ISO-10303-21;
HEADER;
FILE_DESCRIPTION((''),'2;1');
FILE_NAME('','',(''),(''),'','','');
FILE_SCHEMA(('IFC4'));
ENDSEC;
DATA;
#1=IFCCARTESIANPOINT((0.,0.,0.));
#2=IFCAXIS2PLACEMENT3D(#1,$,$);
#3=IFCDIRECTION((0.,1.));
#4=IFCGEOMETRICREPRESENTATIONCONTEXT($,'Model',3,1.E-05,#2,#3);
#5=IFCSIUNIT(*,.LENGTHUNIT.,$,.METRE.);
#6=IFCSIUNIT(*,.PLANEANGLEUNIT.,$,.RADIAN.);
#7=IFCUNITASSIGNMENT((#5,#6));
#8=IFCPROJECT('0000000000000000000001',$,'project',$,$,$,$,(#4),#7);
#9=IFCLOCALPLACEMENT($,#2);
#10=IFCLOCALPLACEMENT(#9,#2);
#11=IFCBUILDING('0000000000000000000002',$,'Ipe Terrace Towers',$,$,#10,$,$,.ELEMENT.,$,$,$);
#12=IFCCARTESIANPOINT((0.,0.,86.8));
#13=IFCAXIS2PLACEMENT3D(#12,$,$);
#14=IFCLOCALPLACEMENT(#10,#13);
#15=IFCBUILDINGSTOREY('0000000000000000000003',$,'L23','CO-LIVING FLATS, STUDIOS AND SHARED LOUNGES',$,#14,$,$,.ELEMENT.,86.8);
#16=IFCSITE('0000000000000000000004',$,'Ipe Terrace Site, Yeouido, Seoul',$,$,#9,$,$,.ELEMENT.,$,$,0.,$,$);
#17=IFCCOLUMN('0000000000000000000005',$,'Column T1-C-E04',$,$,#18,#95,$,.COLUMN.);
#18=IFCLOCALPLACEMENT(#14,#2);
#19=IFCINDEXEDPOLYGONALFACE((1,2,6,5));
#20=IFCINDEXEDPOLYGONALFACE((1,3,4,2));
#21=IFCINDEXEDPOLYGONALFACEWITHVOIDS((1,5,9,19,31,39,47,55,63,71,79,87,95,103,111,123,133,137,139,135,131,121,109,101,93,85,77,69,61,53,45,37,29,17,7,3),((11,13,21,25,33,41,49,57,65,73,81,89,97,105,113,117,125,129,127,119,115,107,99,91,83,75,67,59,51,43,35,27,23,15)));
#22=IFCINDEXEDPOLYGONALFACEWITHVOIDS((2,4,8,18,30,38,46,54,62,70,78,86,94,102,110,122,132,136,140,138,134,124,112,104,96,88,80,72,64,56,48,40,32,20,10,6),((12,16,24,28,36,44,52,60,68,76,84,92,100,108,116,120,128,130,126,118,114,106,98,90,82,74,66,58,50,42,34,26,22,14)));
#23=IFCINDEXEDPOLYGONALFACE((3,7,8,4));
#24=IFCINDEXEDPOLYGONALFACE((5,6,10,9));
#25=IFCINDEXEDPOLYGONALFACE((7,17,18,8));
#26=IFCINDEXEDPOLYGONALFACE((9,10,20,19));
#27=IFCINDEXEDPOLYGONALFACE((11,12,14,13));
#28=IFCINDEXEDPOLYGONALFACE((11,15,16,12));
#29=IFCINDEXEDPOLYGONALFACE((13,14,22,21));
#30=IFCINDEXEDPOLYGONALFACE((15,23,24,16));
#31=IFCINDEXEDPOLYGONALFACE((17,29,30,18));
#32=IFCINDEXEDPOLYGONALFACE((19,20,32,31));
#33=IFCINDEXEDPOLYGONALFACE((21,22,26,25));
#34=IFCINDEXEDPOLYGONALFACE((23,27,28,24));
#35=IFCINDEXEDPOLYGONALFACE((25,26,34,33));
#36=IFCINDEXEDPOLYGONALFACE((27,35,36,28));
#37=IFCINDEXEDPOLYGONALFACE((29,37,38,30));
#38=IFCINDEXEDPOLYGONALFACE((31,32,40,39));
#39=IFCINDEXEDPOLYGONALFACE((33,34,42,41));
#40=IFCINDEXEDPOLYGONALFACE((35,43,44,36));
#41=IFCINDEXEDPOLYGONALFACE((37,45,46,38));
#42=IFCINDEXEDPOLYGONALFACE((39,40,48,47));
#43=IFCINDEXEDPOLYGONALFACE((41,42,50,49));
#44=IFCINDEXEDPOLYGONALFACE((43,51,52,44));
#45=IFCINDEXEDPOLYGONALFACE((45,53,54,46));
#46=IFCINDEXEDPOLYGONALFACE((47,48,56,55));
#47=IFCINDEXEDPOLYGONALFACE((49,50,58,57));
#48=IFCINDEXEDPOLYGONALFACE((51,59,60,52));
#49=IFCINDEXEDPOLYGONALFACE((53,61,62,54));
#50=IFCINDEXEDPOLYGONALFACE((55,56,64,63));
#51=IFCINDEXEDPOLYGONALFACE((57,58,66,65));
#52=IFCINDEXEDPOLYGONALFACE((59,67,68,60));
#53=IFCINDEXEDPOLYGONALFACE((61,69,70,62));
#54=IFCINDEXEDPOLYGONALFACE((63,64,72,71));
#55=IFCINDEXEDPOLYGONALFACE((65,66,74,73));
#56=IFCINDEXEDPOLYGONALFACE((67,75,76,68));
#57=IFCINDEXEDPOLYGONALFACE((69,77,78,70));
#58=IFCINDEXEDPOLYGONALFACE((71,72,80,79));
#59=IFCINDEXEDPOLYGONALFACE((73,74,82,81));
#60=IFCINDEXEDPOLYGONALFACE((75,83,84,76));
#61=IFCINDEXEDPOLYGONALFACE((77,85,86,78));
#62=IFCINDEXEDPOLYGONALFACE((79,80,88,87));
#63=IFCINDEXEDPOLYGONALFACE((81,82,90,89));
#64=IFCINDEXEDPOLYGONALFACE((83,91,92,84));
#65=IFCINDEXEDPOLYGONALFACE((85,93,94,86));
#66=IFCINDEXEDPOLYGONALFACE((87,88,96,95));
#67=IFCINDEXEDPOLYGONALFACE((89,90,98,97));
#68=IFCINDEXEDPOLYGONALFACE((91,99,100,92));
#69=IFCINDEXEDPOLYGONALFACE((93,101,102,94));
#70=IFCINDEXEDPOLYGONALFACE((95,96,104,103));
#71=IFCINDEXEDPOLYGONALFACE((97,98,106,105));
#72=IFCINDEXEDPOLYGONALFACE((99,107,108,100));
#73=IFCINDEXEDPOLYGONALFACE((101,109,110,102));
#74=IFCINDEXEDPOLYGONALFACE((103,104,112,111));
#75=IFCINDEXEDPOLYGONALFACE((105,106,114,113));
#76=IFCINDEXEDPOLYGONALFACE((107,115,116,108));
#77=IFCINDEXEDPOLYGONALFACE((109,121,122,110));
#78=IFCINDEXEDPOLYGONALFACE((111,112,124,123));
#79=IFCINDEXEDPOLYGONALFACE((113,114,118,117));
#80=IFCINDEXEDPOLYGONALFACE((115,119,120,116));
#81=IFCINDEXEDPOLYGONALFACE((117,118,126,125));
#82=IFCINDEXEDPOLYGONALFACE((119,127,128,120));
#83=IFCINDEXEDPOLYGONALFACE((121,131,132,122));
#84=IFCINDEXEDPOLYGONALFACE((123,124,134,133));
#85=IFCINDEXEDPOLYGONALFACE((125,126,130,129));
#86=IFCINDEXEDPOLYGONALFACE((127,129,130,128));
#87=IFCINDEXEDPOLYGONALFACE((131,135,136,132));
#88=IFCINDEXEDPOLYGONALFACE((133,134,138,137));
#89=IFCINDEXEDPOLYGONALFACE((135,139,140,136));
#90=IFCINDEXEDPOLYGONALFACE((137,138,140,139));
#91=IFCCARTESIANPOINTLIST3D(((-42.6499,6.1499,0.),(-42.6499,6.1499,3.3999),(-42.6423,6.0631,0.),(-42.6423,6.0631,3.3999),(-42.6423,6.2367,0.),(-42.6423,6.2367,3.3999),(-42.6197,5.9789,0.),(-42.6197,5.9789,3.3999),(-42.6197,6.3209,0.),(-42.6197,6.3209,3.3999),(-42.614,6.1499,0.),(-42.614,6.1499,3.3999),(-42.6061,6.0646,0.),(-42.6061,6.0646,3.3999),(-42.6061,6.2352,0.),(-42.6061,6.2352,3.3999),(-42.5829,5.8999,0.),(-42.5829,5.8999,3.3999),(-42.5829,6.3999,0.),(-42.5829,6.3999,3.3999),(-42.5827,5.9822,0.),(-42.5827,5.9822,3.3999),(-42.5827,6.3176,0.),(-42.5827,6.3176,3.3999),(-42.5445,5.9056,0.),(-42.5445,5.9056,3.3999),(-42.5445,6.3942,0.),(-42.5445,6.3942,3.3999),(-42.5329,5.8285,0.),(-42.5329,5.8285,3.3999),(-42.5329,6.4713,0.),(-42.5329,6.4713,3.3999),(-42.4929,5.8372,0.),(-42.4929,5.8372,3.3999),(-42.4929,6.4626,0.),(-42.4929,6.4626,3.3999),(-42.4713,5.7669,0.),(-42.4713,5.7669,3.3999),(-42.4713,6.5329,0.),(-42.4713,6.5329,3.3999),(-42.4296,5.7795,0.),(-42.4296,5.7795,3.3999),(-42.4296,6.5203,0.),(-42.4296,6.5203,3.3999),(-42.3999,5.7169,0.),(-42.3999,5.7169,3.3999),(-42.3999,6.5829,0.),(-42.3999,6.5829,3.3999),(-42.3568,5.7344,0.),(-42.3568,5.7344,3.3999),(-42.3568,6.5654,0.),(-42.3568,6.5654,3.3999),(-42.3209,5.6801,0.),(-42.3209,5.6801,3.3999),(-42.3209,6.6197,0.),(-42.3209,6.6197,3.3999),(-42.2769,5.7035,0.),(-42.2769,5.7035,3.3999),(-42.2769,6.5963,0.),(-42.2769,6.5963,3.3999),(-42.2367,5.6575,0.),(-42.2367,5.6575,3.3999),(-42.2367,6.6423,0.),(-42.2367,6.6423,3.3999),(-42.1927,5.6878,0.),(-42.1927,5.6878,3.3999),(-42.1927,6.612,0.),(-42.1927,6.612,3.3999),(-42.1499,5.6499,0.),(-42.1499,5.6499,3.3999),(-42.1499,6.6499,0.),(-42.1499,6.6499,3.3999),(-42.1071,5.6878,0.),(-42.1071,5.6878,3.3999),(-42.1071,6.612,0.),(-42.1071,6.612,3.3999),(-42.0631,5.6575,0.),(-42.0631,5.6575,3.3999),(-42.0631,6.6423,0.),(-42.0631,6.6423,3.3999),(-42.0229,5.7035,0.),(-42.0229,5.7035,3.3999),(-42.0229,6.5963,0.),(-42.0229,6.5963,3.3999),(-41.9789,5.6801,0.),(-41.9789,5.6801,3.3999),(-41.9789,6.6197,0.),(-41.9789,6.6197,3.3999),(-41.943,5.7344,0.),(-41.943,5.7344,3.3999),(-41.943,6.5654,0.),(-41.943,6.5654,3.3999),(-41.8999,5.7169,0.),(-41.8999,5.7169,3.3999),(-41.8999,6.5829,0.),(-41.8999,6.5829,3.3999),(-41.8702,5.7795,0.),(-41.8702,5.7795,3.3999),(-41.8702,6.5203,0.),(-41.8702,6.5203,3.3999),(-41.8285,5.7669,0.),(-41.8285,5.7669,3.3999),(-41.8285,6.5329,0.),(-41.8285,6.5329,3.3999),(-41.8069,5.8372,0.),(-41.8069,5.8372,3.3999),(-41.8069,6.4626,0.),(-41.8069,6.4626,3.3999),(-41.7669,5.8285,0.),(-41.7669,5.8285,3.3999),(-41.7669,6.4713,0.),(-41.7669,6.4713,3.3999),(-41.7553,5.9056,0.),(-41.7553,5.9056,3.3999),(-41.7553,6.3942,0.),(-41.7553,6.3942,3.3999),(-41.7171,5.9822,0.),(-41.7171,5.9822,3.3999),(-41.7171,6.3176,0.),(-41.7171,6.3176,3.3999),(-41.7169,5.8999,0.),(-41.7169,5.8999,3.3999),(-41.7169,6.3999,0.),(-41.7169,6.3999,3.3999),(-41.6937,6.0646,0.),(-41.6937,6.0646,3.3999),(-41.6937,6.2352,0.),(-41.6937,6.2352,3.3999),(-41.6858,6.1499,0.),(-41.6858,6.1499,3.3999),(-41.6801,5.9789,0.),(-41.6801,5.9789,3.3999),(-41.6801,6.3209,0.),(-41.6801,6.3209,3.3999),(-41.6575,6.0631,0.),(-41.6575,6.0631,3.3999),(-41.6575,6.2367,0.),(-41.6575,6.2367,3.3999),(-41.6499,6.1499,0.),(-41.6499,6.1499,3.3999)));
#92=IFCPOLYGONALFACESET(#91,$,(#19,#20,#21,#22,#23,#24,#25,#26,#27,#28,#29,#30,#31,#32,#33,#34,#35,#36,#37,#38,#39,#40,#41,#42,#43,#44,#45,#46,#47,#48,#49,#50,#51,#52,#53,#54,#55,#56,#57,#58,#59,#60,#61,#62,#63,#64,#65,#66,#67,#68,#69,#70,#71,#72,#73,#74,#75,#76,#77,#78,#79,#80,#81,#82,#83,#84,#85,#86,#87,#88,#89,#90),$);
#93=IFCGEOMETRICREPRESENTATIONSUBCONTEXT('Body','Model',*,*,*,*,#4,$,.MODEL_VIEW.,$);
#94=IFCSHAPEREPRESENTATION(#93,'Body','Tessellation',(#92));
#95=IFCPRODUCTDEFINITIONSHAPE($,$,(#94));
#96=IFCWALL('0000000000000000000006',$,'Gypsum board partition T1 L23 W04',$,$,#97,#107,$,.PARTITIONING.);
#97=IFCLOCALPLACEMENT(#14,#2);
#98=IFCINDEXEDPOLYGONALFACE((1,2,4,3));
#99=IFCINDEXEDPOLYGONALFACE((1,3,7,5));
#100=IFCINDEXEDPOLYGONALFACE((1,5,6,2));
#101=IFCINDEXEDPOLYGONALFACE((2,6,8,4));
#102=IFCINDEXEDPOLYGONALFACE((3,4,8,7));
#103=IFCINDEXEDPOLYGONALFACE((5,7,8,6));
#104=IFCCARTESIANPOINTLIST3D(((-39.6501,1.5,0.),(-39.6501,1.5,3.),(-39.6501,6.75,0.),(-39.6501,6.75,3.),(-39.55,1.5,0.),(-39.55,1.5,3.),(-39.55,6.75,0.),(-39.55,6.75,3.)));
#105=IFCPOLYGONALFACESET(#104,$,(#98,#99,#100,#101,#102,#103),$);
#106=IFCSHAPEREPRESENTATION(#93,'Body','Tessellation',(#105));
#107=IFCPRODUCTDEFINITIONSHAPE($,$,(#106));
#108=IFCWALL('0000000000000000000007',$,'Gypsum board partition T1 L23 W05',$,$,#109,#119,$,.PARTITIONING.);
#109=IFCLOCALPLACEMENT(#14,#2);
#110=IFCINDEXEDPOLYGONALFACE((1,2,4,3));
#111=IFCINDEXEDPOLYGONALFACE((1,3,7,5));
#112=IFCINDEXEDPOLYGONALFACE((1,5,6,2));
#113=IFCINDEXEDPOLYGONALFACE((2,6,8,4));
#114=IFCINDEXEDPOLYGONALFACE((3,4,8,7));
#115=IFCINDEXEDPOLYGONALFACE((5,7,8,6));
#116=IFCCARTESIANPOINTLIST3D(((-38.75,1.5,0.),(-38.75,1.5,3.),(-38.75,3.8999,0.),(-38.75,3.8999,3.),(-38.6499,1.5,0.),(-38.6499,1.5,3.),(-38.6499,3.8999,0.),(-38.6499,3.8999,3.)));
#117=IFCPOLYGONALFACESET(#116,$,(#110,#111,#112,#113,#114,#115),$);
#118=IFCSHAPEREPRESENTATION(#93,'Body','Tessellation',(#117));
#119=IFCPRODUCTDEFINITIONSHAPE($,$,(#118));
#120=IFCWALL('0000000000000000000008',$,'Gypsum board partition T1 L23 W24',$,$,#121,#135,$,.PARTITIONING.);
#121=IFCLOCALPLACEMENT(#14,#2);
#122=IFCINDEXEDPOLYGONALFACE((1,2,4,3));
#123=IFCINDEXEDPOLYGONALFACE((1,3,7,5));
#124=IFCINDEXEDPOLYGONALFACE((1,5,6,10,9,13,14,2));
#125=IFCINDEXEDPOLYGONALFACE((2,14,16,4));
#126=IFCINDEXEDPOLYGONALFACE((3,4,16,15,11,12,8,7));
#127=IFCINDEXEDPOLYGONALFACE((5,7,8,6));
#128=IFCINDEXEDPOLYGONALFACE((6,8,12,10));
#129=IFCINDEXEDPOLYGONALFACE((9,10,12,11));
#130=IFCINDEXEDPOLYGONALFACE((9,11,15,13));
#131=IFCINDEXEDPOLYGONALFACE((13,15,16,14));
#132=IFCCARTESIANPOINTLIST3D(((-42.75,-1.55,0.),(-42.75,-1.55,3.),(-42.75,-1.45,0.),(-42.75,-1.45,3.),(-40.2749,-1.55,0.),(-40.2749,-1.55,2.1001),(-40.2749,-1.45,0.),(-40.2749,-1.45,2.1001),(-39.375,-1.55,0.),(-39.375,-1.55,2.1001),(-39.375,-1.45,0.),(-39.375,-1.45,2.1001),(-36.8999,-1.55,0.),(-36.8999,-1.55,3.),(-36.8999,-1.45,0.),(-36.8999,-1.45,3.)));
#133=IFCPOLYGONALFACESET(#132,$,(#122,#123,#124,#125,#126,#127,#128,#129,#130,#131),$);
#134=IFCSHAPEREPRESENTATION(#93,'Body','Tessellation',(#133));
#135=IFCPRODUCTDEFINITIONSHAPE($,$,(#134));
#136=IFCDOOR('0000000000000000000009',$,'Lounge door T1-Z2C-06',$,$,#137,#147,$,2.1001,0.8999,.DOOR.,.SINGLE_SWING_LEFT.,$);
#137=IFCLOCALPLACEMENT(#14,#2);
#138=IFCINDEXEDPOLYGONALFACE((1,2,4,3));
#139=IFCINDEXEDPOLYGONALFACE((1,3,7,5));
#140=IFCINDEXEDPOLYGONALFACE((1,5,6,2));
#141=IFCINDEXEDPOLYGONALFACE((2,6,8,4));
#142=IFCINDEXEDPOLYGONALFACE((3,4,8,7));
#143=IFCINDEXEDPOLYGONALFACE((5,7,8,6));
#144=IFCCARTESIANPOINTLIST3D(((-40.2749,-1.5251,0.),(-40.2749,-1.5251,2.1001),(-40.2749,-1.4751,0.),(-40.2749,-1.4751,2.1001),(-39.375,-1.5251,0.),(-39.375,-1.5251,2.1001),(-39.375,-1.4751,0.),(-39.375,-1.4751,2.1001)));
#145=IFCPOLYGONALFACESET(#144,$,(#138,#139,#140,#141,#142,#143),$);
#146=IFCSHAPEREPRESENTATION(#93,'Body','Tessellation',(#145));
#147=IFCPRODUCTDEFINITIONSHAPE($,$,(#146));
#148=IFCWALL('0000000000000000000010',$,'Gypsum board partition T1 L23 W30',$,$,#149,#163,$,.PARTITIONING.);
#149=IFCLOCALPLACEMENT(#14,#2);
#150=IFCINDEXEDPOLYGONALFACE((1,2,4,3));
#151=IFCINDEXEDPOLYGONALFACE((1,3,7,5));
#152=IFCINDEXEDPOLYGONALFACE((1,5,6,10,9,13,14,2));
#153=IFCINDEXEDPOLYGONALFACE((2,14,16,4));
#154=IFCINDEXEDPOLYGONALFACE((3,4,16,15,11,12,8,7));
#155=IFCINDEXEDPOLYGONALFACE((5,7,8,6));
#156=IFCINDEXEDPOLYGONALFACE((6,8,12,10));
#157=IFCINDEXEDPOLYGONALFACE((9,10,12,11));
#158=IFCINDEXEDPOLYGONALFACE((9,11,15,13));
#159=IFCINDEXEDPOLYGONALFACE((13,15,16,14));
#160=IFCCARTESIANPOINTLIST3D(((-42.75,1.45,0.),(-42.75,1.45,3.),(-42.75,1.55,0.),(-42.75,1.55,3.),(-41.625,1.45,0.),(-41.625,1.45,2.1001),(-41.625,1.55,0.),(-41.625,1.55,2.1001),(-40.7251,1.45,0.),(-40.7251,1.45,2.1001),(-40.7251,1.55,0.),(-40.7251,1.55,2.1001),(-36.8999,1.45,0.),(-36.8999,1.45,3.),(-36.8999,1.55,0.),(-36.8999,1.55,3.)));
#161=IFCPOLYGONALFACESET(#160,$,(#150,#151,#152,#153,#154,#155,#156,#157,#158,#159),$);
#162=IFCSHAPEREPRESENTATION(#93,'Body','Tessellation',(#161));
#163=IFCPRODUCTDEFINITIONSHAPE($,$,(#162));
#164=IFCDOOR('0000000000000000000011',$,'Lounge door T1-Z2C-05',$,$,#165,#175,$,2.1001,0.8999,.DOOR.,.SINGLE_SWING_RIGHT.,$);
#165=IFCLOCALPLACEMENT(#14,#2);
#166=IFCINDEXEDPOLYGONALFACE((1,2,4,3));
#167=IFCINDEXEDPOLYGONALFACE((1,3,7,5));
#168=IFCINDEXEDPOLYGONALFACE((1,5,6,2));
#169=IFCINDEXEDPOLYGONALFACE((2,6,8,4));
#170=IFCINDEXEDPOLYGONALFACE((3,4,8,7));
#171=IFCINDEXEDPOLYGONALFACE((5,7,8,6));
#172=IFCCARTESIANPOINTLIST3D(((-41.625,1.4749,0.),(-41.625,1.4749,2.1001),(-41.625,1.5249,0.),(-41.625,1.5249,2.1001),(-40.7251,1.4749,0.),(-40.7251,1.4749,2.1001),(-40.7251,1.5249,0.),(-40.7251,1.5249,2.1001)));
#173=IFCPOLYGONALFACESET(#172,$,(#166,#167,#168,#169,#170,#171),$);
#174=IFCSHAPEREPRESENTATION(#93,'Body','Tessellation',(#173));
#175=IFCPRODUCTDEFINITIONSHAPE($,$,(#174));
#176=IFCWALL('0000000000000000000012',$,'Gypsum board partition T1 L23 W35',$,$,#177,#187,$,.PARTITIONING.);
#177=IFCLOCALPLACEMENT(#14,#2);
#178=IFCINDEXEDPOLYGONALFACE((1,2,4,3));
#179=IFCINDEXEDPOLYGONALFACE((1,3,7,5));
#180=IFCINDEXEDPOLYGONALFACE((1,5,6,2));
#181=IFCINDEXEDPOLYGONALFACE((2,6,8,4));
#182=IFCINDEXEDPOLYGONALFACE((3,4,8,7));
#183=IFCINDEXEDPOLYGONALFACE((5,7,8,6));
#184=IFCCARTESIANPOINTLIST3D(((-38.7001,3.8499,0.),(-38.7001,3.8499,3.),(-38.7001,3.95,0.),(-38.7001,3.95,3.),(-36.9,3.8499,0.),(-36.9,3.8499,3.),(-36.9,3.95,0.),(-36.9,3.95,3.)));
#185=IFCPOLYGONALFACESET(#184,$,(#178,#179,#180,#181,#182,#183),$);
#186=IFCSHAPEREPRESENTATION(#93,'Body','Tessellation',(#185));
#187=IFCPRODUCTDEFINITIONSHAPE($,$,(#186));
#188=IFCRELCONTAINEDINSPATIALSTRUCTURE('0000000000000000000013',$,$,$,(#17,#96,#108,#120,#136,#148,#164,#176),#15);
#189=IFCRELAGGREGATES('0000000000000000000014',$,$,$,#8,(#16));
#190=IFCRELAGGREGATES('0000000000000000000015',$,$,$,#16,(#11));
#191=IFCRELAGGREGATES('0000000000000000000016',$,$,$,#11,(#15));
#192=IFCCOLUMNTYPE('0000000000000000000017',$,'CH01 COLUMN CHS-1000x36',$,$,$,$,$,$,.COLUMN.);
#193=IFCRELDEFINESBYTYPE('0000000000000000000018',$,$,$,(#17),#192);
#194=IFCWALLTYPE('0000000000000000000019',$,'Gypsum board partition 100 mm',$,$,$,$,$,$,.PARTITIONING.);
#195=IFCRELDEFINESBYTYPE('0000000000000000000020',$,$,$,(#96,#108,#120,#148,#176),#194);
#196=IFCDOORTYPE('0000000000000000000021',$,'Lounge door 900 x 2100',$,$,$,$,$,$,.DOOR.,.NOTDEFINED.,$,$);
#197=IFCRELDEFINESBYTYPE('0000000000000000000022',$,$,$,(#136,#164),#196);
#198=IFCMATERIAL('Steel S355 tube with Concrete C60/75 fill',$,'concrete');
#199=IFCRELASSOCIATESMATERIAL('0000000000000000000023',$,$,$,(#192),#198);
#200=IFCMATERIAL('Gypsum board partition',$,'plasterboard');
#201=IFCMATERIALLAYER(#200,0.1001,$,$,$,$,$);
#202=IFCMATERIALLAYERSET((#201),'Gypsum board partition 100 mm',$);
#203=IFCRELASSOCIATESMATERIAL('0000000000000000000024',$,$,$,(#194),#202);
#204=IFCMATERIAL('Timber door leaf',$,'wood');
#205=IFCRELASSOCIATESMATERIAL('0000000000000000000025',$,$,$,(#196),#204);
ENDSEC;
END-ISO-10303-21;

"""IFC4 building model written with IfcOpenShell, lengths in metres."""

from ifc_helpers import new_model, si_unit, direction, frame, frame_2d, origin, origin_2d, place, context, subcontext, project, spatial, rectangle, hollow_circle, extrude, material, layer, layer_set, material_profile, profile_set, type_object, element, fill, save


model = new_model("IFC4")

# Units and contexts
model_context = context("Model", 3, precision=1e-05, world=origin(), true_north=direction((0.0, 1.0)))
body_context = subcontext(model_context, "Body", "Model", "MODEL_VIEW")
ifc_project = project(units=[si_unit("LENGTHUNIT", "METRE"), si_unit("PLANEANGLEUNIT", "RADIAN")], contexts=[model_context])

# Site, building, storey
site_placement = place(None, origin())
site = spatial("IfcSite", under=ifc_project, at=site_placement, Name="Ipe Terrace Site, Yeouido, Seoul", CompositionType="ELEMENT", RefElevation=0.0)
building_placement = place(site_placement, origin())
building = spatial("IfcBuilding", under=site, at=building_placement, Name="Ipe Terrace Towers", CompositionType="ELEMENT")
storey_placement = place(building_placement, frame((0.0, 0.0, 86.8)))
storey = spatial("IfcBuildingStorey", under=building, at=storey_placement, Name="L23", Description="CO-LIVING FLATS, STUDIOS AND SHARED LOUNGES", CompositionType="ELEMENT", Elevation=86.8)

# Column
ifc_material_1 = material(Name="Steel S355 tube with Concrete C60/75 fill", Category="concrete")
ifc_material_profile = material_profile(ifc_material_1, hollow_circle(Radius=0.5, WallThickness=0.0359, at=origin_2d()), Name="CHS-1000x36")
ifc_profile_set = profile_set([ifc_material_profile], Name="Steel S355 tube with Concrete C60/75 fill")
column_type = type_object("IfcColumnType", Name="CH01 COLUMN CHS-1000x36", PredefinedType="COLUMN", material=ifc_profile_set)
column_placement = place(storey_placement, frame((-42.1499, 6.1499, 0.0), z_axis=(0.0, 0.0, 1.0), x_axis=(1.0, 0.0, 0.0)))
element("IfcColumn", 1, at=column_placement, inside=storey, type_object=column_type, Name="Column T1-C-E04", PredefinedType="COLUMN", context=body_context, shape_type="SweptSolid", body=[
    extrude(hollow_circle(Radius=0.5, WallThickness=0.0359, at=origin_2d()), origin(), (0.0, 0.0, 1.0), 3.3999),
])

# Walls
ifc_material_2 = material(Name="Gypsum board partition", Category="plasterboard")
ifc_layer_1 = layer(ifc_material_2, 0.1001)
ifc_layer_set_1 = layer_set([ifc_layer_1], Name="Gypsum board partition 100 mm")
wall_type_1 = type_object("IfcWallType", Name="Gypsum board partition 100 mm", PredefinedType="PARTITIONING", material=ifc_layer_set_1)
wall_1_placement = place(storey_placement, frame((-39.6001, 1.5, 0.0), z_axis=(0.0, 0.0, 1.0), x_axis=(0.0, 1.0, 0.0)))
element("IfcWall", 2, at=wall_1_placement, inside=storey, type_object=wall_type_1, Name="Gypsum board partition T1 L23 W04", PredefinedType="PARTITIONING", context=body_context, shape_type="SweptSolid", body=[
    extrude(rectangle(XDim=5.25, YDim=0.1001, at=frame_2d((2.625, 0.0))), origin(), (0.0, 0.0, 1.0), 3.0),
])
wall_2_placement = place(storey_placement, frame((-38.7, 1.5, 0.0), z_axis=(0.0, 0.0, 1.0), x_axis=(0.0, 1.0, 0.0)))
element("IfcWall", 3, at=wall_2_placement, inside=storey, type_object=wall_type_1, Name="Gypsum board partition T1 L23 W05", PredefinedType="PARTITIONING", context=body_context, shape_type="SweptSolid", body=[
    extrude(rectangle(XDim=2.3999, YDim=0.1001, at=frame_2d((1.2, 0.0))), origin(), (0.0, 0.0, 1.0), 3.0),
])

# Walls, openings, doors
wall_3_placement = place(storey_placement, frame((-42.75, -1.5, 0.0), z_axis=(0.0, 0.0, 1.0), x_axis=(1.0, 0.0, 0.0)))
wall_3 = element("IfcWall", 4, at=wall_3_placement, inside=storey, type_object=wall_type_1, Name="Gypsum board partition T1 L23 W24", PredefinedType="PARTITIONING", context=body_context, shape_type="SweptSolid", body=[
    extrude(rectangle(XDim=5.8501, YDim=0.1001, at=frame_2d((2.925, 0.0))), origin(), (0.0, 0.0, 1.0), 3.0),
])
opening_1_placement = place(wall_3_placement, frame((2.4751, 0.0, 0.0)))
opening_1 = element("IfcOpeningElement", 5, at=opening_1_placement, cuts=wall_3, PredefinedType="OPENING", context=body_context, shape_type="SweptSolid", body=[
    extrude(rectangle(XDim=0.8999, YDim=2.1001, at=frame_2d((0.45, 1.05))), frame((0.0, 0.0601, 0.0), z_axis=(0.0, -1.0, 0.0), x_axis=(1.0, 0.0, 0.0)), (0.0, 0.0, 1.0), 0.1201),
])
ifc_material_3 = material(Name="Timber door leaf", Category="wood")
door_type_1 = type_object("IfcDoorType", Name="Lounge door 900 x 2100", OperationType="NOTDEFINED", PredefinedType="DOOR", material=ifc_material_3)
door_1_placement = place(opening_1_placement, origin())
door_1 = element("IfcDoor", 6, at=door_1_placement, inside=storey, type_object=door_type_1, Name="Lounge door T1-Z2C-06", OperationType="SINGLE_SWING_LEFT", OverallHeight=2.1001, OverallWidth=0.8999, PredefinedType="DOOR", context=body_context, shape_type="SweptSolid", body=[
    extrude(rectangle(XDim=0.8999, YDim=2.1001, at=frame_2d((0.45, 1.05))), frame((0.0, 0.0249, 0.0), z_axis=(0.0, -1.0, 0.0), x_axis=(1.0, 0.0, 0.0)), (0.0, 0.0, 1.0), 0.05),
])
fill(opening_1, door_1)
wall_4_placement = place(storey_placement, frame((-42.75, 1.5, 0.0), z_axis=(0.0, 0.0, 1.0), x_axis=(1.0, 0.0, 0.0)))
wall_4 = element("IfcWall", 7, at=wall_4_placement, inside=storey, type_object=wall_type_1, Name="Gypsum board partition T1 L23 W30", PredefinedType="PARTITIONING", context=body_context, shape_type="SweptSolid", body=[
    extrude(rectangle(XDim=5.8501, YDim=0.1001, at=frame_2d((2.925, 0.0))), origin(), (0.0, 0.0, 1.0), 3.0),
])
opening_2_placement = place(wall_4_placement, frame((1.125, 0.0, 0.0)))
opening_2 = element("IfcOpeningElement", 8, at=opening_2_placement, cuts=wall_4, PredefinedType="OPENING", context=body_context, shape_type="SweptSolid", body=[
    extrude(rectangle(XDim=0.8999, YDim=2.1001, at=frame_2d((0.45, 1.05))), frame((0.0, 0.0601, 0.0), z_axis=(0.0, -1.0, 0.0), x_axis=(1.0, 0.0, 0.0)), (0.0, 0.0, 1.0), 0.1201),
])
door_2_placement = place(opening_2_placement, origin())
door_2 = element("IfcDoor", 9, at=door_2_placement, inside=storey, type_object=door_type_1, Name="Lounge door T1-Z2C-05", OperationType="SINGLE_SWING_RIGHT", OverallHeight=2.1001, OverallWidth=0.8999, PredefinedType="DOOR", context=body_context, shape_type="SweptSolid", body=[
    extrude(rectangle(XDim=0.8999, YDim=2.1001, at=frame_2d((0.45, 1.05))), frame((0.0, 0.0249, 0.0), z_axis=(0.0, -1.0, 0.0), x_axis=(1.0, 0.0, 0.0)), (0.0, 0.0, 1.0), 0.05),
])
fill(opening_2, door_2)

# Wall
wall_5_placement = place(storey_placement, frame((-38.7, 3.8999, 0.0), z_axis=(0.0, 0.0, 1.0), x_axis=(1.0, 0.0, 0.0)))
element("IfcWall", 10, at=wall_5_placement, inside=storey, type_object=wall_type_1, Name="Gypsum board partition T1 L23 W35", PredefinedType="PARTITIONING", context=body_context, shape_type="SweptSolid", body=[
    extrude(rectangle(XDim=1.8, YDim=0.1001, at=frame_2d((0.8999, 0.0))), origin(), (0.0, 0.0, 1.0), 3.0),
])

save(model, "model.ifc")
